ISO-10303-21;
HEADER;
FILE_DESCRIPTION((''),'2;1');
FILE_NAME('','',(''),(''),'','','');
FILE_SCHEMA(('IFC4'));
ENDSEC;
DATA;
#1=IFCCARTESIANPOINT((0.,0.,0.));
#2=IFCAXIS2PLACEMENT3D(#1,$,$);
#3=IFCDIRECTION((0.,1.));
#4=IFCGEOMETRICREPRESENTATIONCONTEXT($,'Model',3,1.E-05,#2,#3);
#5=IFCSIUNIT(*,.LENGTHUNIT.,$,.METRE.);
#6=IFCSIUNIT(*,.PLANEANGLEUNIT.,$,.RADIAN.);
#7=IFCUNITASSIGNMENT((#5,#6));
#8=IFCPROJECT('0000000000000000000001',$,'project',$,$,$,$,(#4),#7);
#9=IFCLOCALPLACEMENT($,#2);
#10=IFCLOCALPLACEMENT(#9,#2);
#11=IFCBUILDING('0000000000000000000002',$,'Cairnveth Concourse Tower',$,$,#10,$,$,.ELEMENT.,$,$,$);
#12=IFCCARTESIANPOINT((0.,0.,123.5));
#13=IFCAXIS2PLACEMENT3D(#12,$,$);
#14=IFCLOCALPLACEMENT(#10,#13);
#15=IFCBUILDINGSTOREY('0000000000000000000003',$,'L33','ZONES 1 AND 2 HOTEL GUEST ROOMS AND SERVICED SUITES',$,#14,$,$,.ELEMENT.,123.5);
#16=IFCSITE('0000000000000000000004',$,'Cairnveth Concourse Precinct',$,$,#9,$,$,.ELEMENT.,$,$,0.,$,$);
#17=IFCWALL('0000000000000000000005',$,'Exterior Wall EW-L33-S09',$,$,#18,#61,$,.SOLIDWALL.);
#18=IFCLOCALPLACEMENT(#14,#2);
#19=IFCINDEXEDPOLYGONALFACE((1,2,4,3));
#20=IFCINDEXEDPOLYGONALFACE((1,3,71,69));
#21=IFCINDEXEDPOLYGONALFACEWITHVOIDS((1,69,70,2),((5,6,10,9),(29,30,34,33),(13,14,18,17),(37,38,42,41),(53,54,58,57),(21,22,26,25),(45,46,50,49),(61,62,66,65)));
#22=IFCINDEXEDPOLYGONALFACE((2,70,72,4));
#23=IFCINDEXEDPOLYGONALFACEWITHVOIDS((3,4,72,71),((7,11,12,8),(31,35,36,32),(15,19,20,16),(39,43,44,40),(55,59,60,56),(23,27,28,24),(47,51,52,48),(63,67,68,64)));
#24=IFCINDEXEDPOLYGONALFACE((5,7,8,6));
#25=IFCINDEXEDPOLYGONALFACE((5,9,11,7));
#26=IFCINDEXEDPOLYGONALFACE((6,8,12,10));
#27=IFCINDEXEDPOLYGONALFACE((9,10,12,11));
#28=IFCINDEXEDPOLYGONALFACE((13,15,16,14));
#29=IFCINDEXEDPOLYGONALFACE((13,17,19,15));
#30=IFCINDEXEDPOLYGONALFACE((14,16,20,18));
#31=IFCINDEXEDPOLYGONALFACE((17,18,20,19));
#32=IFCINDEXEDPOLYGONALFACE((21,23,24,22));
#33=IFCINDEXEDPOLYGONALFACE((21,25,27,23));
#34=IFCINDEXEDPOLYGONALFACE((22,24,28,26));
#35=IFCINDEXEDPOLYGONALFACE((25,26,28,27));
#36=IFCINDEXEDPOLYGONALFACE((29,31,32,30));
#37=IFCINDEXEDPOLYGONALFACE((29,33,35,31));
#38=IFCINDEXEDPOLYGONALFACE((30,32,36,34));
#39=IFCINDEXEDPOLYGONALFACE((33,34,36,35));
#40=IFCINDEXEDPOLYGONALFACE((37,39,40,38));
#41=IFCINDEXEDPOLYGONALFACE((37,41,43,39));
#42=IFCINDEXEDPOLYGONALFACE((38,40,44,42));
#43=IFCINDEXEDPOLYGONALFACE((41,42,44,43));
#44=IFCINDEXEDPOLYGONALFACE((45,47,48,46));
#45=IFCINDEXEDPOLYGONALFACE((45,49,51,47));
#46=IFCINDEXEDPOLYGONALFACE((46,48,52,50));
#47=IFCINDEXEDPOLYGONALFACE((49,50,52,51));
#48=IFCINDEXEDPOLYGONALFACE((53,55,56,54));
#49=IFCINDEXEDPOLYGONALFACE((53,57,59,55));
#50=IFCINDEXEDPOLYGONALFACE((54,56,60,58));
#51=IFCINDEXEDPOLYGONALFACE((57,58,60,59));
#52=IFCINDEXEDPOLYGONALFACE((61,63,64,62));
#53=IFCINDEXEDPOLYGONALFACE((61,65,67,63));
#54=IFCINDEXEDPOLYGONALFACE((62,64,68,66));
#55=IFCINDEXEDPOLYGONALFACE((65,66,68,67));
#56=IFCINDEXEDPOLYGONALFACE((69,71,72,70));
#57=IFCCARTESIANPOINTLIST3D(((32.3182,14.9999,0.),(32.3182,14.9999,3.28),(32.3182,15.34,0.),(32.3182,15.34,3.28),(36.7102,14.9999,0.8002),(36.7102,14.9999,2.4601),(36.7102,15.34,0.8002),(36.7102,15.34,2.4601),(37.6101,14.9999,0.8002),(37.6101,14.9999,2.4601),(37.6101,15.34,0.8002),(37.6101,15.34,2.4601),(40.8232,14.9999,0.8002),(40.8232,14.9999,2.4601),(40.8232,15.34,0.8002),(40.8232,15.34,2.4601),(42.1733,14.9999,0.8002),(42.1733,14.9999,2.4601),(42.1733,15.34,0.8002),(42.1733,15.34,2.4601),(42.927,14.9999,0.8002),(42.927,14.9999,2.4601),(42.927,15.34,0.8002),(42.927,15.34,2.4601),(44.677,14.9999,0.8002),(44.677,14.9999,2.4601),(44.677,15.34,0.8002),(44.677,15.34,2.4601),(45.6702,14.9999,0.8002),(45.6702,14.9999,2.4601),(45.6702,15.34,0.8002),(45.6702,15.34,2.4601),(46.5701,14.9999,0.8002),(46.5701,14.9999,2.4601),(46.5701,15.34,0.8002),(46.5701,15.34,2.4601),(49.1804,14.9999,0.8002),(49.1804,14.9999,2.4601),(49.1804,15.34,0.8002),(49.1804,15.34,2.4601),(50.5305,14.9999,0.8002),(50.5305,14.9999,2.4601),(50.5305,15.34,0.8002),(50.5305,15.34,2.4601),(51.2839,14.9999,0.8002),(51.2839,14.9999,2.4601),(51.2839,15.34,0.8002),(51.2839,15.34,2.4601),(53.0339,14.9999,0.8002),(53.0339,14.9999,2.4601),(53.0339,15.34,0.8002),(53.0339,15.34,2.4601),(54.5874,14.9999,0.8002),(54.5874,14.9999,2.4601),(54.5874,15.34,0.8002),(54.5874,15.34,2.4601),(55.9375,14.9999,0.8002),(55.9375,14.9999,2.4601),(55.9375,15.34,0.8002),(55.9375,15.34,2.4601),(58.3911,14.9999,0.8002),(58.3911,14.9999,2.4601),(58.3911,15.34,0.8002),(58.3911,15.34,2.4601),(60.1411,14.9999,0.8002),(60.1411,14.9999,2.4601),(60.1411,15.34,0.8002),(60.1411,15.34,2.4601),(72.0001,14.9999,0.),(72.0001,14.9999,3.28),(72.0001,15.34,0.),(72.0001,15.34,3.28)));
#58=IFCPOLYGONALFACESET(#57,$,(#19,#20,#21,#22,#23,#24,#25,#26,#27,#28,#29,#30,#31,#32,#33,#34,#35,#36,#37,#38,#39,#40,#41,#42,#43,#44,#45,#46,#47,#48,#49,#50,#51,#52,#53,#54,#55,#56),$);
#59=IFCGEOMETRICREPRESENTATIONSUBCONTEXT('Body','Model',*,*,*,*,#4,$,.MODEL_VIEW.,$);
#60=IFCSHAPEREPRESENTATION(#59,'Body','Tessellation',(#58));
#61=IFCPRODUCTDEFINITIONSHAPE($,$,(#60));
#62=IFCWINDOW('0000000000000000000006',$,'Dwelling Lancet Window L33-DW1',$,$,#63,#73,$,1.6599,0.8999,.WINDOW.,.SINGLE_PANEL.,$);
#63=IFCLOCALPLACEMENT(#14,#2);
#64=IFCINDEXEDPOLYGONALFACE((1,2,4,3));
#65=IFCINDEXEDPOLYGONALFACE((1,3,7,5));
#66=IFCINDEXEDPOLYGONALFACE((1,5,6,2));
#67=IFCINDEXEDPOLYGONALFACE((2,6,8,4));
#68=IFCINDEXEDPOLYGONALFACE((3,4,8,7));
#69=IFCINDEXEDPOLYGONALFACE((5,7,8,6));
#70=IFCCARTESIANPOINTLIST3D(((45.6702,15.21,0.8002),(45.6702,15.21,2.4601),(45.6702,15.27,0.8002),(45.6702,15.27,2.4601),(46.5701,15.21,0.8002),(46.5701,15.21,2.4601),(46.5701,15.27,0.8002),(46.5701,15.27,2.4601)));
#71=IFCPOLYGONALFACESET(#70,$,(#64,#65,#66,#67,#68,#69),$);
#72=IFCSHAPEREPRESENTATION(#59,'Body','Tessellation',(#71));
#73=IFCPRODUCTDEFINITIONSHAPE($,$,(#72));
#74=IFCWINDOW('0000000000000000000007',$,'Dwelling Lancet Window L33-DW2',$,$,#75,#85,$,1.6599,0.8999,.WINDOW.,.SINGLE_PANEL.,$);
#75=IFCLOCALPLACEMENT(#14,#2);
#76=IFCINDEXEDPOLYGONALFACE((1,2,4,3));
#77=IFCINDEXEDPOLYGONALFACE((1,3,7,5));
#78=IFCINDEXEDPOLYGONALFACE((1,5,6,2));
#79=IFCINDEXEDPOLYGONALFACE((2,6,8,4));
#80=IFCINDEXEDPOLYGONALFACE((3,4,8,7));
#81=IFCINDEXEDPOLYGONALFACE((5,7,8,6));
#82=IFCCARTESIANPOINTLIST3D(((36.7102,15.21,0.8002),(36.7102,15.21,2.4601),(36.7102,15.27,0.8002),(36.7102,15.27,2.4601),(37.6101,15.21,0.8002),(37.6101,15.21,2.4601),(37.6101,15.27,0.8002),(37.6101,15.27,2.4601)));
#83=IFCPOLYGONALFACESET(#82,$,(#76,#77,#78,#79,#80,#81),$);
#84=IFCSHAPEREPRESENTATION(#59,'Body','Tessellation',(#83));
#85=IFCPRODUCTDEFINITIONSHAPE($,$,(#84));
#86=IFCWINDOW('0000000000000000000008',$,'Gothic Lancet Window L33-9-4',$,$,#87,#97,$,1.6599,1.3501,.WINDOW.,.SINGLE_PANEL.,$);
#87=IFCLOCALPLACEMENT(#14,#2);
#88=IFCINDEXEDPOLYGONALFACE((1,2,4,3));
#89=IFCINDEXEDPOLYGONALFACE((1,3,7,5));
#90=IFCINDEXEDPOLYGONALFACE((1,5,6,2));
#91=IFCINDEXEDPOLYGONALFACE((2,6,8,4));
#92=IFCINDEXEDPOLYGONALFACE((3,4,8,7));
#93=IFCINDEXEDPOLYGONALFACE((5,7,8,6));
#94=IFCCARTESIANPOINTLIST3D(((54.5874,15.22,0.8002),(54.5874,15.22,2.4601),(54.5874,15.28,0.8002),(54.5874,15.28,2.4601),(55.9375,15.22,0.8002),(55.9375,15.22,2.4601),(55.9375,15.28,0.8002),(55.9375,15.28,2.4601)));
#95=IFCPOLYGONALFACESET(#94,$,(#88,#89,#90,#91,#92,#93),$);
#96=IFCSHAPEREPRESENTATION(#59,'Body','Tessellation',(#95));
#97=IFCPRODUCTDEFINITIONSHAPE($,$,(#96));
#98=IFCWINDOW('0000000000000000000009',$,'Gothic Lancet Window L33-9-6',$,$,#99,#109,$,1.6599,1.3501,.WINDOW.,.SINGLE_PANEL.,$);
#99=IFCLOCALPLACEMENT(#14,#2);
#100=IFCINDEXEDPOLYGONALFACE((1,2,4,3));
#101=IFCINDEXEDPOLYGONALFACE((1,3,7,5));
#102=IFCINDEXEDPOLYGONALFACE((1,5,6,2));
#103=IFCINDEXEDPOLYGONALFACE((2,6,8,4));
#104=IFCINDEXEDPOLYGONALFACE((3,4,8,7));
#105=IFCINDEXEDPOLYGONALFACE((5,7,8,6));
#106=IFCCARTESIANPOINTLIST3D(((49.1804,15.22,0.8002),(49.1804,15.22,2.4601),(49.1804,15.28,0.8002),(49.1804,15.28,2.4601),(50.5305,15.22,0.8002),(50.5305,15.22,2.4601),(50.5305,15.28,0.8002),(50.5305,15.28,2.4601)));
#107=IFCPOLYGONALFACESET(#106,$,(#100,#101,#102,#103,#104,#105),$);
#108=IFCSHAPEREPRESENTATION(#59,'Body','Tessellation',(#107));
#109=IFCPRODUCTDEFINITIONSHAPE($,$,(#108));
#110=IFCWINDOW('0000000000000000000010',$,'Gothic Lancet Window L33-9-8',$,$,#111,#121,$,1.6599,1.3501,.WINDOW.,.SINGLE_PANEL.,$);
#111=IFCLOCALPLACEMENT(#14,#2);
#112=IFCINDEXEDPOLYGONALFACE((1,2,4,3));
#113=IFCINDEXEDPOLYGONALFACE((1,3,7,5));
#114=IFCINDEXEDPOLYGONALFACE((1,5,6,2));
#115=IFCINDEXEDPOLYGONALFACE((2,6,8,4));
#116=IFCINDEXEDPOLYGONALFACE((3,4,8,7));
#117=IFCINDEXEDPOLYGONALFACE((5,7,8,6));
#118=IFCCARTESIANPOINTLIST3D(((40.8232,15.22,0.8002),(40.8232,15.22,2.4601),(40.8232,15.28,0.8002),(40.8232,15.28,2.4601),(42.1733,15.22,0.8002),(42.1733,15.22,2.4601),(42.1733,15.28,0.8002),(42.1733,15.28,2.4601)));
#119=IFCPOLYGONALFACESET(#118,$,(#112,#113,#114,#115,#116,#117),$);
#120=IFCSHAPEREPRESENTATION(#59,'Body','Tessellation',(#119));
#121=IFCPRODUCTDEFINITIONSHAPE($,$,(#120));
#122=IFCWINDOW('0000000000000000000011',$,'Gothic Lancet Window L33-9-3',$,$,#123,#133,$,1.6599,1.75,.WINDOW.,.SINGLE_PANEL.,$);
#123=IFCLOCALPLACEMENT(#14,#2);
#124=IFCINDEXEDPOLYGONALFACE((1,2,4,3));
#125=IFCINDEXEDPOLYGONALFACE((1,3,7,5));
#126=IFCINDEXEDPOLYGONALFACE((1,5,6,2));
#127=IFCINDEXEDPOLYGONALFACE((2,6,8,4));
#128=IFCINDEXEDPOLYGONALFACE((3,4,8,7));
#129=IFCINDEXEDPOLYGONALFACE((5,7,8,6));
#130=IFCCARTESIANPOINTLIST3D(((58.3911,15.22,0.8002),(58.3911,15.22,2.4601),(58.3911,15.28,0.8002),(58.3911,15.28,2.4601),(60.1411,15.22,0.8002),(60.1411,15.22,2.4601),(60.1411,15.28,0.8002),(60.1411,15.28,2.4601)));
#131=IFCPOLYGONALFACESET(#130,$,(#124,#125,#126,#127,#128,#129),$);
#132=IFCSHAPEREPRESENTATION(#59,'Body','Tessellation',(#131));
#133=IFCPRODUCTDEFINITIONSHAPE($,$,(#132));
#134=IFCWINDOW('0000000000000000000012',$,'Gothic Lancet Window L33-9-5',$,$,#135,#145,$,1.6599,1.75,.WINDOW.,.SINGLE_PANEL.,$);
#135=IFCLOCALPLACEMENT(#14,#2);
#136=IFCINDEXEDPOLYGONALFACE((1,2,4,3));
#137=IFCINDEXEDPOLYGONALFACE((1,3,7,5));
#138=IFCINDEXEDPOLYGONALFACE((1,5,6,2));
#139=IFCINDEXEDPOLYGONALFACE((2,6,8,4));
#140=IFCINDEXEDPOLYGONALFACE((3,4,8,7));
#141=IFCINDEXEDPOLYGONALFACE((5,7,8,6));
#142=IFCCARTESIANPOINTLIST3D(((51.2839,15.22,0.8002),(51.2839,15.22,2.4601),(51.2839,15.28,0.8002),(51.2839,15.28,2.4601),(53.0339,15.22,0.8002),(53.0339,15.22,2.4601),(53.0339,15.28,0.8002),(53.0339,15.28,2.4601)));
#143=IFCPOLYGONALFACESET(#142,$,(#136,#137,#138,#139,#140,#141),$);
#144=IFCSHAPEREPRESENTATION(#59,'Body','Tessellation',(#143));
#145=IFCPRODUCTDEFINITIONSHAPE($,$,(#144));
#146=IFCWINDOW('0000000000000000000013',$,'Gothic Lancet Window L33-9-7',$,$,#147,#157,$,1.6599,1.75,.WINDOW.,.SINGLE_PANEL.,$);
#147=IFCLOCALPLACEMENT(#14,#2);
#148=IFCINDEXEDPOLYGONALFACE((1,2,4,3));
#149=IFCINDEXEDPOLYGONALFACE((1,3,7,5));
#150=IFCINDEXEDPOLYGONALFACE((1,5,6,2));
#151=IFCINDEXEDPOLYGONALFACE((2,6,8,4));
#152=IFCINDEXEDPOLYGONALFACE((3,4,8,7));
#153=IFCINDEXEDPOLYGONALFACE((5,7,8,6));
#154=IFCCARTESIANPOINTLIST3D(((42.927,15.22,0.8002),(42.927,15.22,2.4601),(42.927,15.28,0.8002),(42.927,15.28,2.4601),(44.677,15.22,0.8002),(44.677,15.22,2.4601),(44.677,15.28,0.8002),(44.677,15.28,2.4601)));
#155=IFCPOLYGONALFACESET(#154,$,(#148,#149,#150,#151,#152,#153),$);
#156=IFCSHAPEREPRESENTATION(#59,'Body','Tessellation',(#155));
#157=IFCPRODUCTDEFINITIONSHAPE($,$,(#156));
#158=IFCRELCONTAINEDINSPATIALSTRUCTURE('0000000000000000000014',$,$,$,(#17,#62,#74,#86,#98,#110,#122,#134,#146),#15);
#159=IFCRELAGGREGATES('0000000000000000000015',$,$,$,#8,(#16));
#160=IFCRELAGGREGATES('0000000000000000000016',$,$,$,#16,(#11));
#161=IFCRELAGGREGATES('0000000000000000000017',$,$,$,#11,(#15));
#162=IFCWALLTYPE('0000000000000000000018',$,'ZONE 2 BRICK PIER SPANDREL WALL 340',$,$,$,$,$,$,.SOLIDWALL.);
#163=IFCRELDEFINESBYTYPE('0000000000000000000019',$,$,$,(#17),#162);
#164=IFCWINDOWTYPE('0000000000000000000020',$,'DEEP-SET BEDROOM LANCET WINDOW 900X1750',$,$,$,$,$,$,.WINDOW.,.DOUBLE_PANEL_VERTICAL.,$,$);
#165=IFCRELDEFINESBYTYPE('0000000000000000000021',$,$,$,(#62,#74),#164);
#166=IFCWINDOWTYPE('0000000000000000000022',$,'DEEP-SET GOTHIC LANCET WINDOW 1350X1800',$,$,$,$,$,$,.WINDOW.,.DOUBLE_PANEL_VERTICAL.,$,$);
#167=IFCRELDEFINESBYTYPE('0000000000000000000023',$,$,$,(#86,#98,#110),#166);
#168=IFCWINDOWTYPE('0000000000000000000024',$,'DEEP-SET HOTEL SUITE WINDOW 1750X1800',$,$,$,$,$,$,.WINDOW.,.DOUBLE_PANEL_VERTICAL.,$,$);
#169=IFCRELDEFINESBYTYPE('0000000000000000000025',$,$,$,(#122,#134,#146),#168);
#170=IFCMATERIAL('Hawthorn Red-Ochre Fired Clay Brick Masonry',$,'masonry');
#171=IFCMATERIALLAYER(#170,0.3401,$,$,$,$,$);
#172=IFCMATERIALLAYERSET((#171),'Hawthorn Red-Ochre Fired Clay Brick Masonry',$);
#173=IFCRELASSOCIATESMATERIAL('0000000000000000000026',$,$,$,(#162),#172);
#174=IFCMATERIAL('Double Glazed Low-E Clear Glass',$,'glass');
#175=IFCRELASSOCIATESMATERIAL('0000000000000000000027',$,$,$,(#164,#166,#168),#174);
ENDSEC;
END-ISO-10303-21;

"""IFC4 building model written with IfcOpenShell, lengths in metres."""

from ifc_helpers import new_model, si_unit, direction, frame, frame_2d, origin, place, context, subcontext, project, spatial, rectangle, extrude, material, layer, layer_set, type_object, element, fill, save


model = new_model("IFC4")

# Units and contexts
model_context = context("Model", 3, precision=1e-05, world=origin(), true_north=direction((0.0, 1.0)))
body_context = subcontext(model_context, "Body", "Model", "MODEL_VIEW")
ifc_project = project(units=[si_unit("LENGTHUNIT", "METRE"), si_unit("PLANEANGLEUNIT", "RADIAN")], contexts=[model_context])

# Site, building, storey
site_placement = place(None, origin())
site = spatial("IfcSite", under=ifc_project, at=site_placement, Name="Cairnveth Concourse Precinct", CompositionType="ELEMENT", RefElevation=0.0)
building_placement = place(site_placement, origin())
building = spatial("IfcBuilding", under=site, at=building_placement, Name="Cairnveth Concourse Tower", CompositionType="ELEMENT")
storey_placement = place(building_placement, frame((0.0, 0.0, 123.5)))
storey = spatial("IfcBuildingStorey", under=building, at=storey_placement, Name="L33", Description="ZONES 1 AND 2 HOTEL GUEST ROOMS AND SERVICED SUITES", CompositionType="ELEMENT", Elevation=123.5)

# Wall, openings, windows
ifc_material_1 = material(Name="Hawthorn Red-Ochre Fired Clay Brick Masonry", Category="masonry")
ifc_layer_1 = layer(ifc_material_1, 0.3401)
ifc_layer_set_1 = layer_set([ifc_layer_1], Name="Hawthorn Red-Ochre Fired Clay Brick Masonry")
wall_type_1 = type_object("IfcWallType", Name="ZONE 2 BRICK PIER SPANDREL WALL 340", PredefinedType="SOLIDWALL", material=ifc_layer_set_1)
wall_1_placement = place(storey_placement, frame((72.0, 15.1699, 0.0), z_axis=(0.0, 0.0, 1.0), x_axis=(-1.0, 0.0, 0.0)))
wall_1 = element("IfcWall", 1, at=wall_1_placement, inside=storey, type_object=wall_type_1, Name="Exterior Wall EW-L33-S09", PredefinedType="SOLIDWALL", context=body_context, shape_type="SweptSolid", body=[
    extrude(rectangle(XDim=39.6819, YDim=0.3401, at=frame_2d((19.8408, 0.0))), origin(), (0.0, 0.0, 1.0), 3.28),
])
opening_1_placement = place(wall_1_placement, frame((11.8589, 0.0, 0.8)))
opening_1 = element("IfcOpeningElement", 2, at=opening_1_placement, cuts=wall_1, PredefinedType="OPENING", context=body_context, shape_type="SweptSolid", body=[
    extrude(rectangle(XDim=1.75, YDim=1.6599, at=frame_2d((0.875, 0.8301))), frame((0.0, 0.1799, 0.0), z_axis=(0.0, -1.0, 0.0), x_axis=(1.0, 0.0, 0.0)), (0.0, 0.0, 1.0), 0.3601),
])
opening_2_placement = place(wall_1_placement, frame((16.0625, 0.0, 0.8)))
opening_2 = element("IfcOpeningElement", 3, at=opening_2_placement, cuts=wall_1, PredefinedType="OPENING", context=body_context, shape_type="SweptSolid", body=[
    extrude(rectangle(XDim=1.3501, YDim=1.6599, at=frame_2d((0.675, 0.8301))), frame((0.0, 0.1799, 0.0), z_axis=(0.0, -1.0, 0.0), x_axis=(1.0, 0.0, 0.0)), (0.0, 0.0, 1.0), 0.3601),
])
opening_3_placement = place(wall_1_placement, frame((18.9661, 0.0, 0.8)))
opening_3 = element("IfcOpeningElement", 4, at=opening_3_placement, cuts=wall_1, PredefinedType="OPENING", context=body_context, shape_type="SweptSolid", body=[
    extrude(rectangle(XDim=1.75, YDim=1.6599, at=frame_2d((0.875, 0.8301))), frame((0.0, 0.1799, 0.0), z_axis=(0.0, -1.0, 0.0), x_axis=(1.0, 0.0, 0.0)), (0.0, 0.0, 1.0), 0.3601),
])
opening_4_placement = place(wall_1_placement, frame((21.4695, 0.0, 0.8)))
opening_4 = element("IfcOpeningElement", 5, at=opening_4_placement, cuts=wall_1, PredefinedType="OPENING", context=body_context, shape_type="SweptSolid", body=[
    extrude(rectangle(XDim=1.3501, YDim=1.6599, at=frame_2d((0.675, 0.8301))), frame((0.0, 0.1799, 0.0), z_axis=(0.0, -1.0, 0.0), x_axis=(1.0, 0.0, 0.0)), (0.0, 0.0, 1.0), 0.3601),
])
opening_5_placement = place(wall_1_placement, frame((27.323, 0.0, 0.8)))
opening_5 = element("IfcOpeningElement", 6, at=opening_5_placement, cuts=wall_1, PredefinedType="OPENING", context=body_context, shape_type="SweptSolid", body=[
    extrude(rectangle(XDim=1.75, YDim=1.6599, at=frame_2d((0.875, 0.8301))), frame((0.0, 0.1799, 0.0), z_axis=(0.0, -1.0, 0.0), x_axis=(1.0, 0.0, 0.0)), (0.0, 0.0, 1.0), 0.3601),
])
opening_6_placement = place(wall_1_placement, frame((29.8267, 0.0, 0.8)))
opening_6 = element("IfcOpeningElement", 7, at=opening_6_placement, cuts=wall_1, PredefinedType="OPENING", context=body_context, shape_type="SweptSolid", body=[
    extrude(rectangle(XDim=1.3501, YDim=1.6599, at=frame_2d((0.675, 0.8301))), frame((0.0, 0.1799, 0.0), z_axis=(0.0, -1.0, 0.0), x_axis=(1.0, 0.0, 0.0)), (0.0, 0.0, 1.0), 0.3601),
])
opening_7_placement = place(wall_1_placement, frame((25.4299, 0.0, 0.8)))
opening_7 = element("IfcOpeningElement", 8, at=opening_7_placement, cuts=wall_1, PredefinedType="OPENING", context=body_context, shape_type="SweptSolid", body=[
    extrude(rectangle(XDim=0.8999, YDim=1.6599, at=frame_2d((0.45, 0.8301))), frame((0.0, 0.1799, 0.0), z_axis=(0.0, -1.0, 0.0), x_axis=(1.0, 0.0, 0.0)), (0.0, 0.0, 1.0), 0.3601),
])
opening_8_placement = place(wall_1_placement, frame((34.3899, 0.0, 0.8)))
opening_8 = element("IfcOpeningElement", 9, at=opening_8_placement, cuts=wall_1, PredefinedType="OPENING", context=body_context, shape_type="SweptSolid", body=[
    extrude(rectangle(XDim=0.8999, YDim=1.6599, at=frame_2d((0.45, 0.8301))), frame((0.0, 0.1799, 0.0), z_axis=(0.0, -1.0, 0.0), x_axis=(1.0, 0.0, 0.0)), (0.0, 0.0, 1.0), 0.3601),
])
ifc_material_2 = material(Name="Double Glazed Low-E Clear Glass", Category="glass")
window_type_1 = type_object("IfcWindowType", Name="DEEP-SET BEDROOM LANCET WINDOW 900X1750", PartitioningType="DOUBLE_PANEL_VERTICAL", PredefinedType="WINDOW", material=ifc_material_2)
window_1_placement = place(opening_7_placement, origin())
window_1 = element("IfcWindow", 10, at=window_1_placement, inside=storey, type_object=window_type_1, Name="Dwelling Lancet Window L33-DW1", OverallHeight=1.6599, OverallWidth=0.8999, PartitioningType="SINGLE_PANEL", PredefinedType="WINDOW", context=body_context, shape_type="SweptSolid", body=[
    extrude(rectangle(XDim=0.8999, YDim=1.6599, at=frame_2d((0.45, 0.8301))), frame((0.0, -0.04, 0.0), z_axis=(0.0, -1.0, 0.0), x_axis=(1.0, 0.0, 0.0)), (0.0, 0.0, 1.0), 0.0601),
])
fill(opening_7, window_1)
window_2_placement = place(opening_8_placement, origin())
window_2 = element("IfcWindow", 11, at=window_2_placement, inside=storey, type_object=window_type_1, Name="Dwelling Lancet Window L33-DW2", OverallHeight=1.6599, OverallWidth=0.8999, PartitioningType="SINGLE_PANEL", PredefinedType="WINDOW", context=body_context, shape_type="SweptSolid", body=[
    extrude(rectangle(XDim=0.8999, YDim=1.6599, at=frame_2d((0.45, 0.8301))), frame((0.0, -0.04, 0.0), z_axis=(0.0, -1.0, 0.0), x_axis=(1.0, 0.0, 0.0)), (0.0, 0.0, 1.0), 0.0601),
])
fill(opening_8, window_2)
window_type_2 = type_object("IfcWindowType", Name="DEEP-SET GOTHIC LANCET WINDOW 1350X1800", PartitioningType="DOUBLE_PANEL_VERTICAL", PredefinedType="WINDOW", material=ifc_material_2)
window_3_placement = place(opening_2_placement, origin())
window_3 = element("IfcWindow", 12, at=window_3_placement, inside=storey, type_object=window_type_2, Name="Gothic Lancet Window L33-9-4", OverallHeight=1.6599, OverallWidth=1.3501, PartitioningType="SINGLE_PANEL", PredefinedType="WINDOW", context=body_context, shape_type="SweptSolid", body=[
    extrude(rectangle(XDim=1.3501, YDim=1.6599, at=frame_2d((0.675, 0.8301))), frame((0.0, -0.05, 0.0), z_axis=(0.0, -1.0, 0.0), x_axis=(1.0, 0.0, 0.0)), (0.0, 0.0, 1.0), 0.0601),
])
fill(opening_2, window_3)
window_4_placement = place(opening_4_placement, origin())
window_4 = element("IfcWindow", 13, at=window_4_placement, inside=storey, type_object=window_type_2, Name="Gothic Lancet Window L33-9-6", OverallHeight=1.6599, OverallWidth=1.3501, PartitioningType="SINGLE_PANEL", PredefinedType="WINDOW", context=body_context, shape_type="SweptSolid", body=[
    extrude(rectangle(XDim=1.3501, YDim=1.6599, at=frame_2d((0.675, 0.8301))), frame((0.0, -0.05, 0.0), z_axis=(0.0, -1.0, 0.0), x_axis=(1.0, 0.0, 0.0)), (0.0, 0.0, 1.0), 0.0601),
])
fill(opening_4, window_4)
window_5_placement = place(opening_6_placement, origin())
window_5 = element("IfcWindow", 14, at=window_5_placement, inside=storey, type_object=window_type_2, Name="Gothic Lancet Window L33-9-8", OverallHeight=1.6599, OverallWidth=1.3501, PartitioningType="SINGLE_PANEL", PredefinedType="WINDOW", context=body_context, shape_type="SweptSolid", body=[
    extrude(rectangle(XDim=1.3501, YDim=1.6599, at=frame_2d((0.675, 0.8301))), frame((0.0, -0.05, 0.0), z_axis=(0.0, -1.0, 0.0), x_axis=(1.0, 0.0, 0.0)), (0.0, 0.0, 1.0), 0.0601),
])
fill(opening_6, window_5)
window_type_3 = type_object("IfcWindowType", Name="DEEP-SET HOTEL SUITE WINDOW 1750X1800", PartitioningType="DOUBLE_PANEL_VERTICAL", PredefinedType="WINDOW", material=ifc_material_2)
window_6_placement = place(opening_1_placement, origin())
window_6 = element("IfcWindow", 15, at=window_6_placement, inside=storey, type_object=window_type_3, Name="Gothic Lancet Window L33-9-3", OverallHeight=1.6599, OverallWidth=1.75, PartitioningType="SINGLE_PANEL", PredefinedType="WINDOW", context=body_context, shape_type="SweptSolid", body=[
    extrude(rectangle(XDim=1.75, YDim=1.6599, at=frame_2d((0.875, 0.8301))), frame((0.0, -0.05, 0.0), z_axis=(0.0, -1.0, 0.0), x_axis=(1.0, 0.0, 0.0)), (0.0, 0.0, 1.0), 0.0601),
])
fill(opening_1, window_6)
window_7_placement = place(opening_3_placement, origin())
window_7 = element("IfcWindow", 16, at=window_7_placement, inside=storey, type_object=window_type_3, Name="Gothic Lancet Window L33-9-5", OverallHeight=1.6599, OverallWidth=1.75, PartitioningType="SINGLE_PANEL", PredefinedType="WINDOW", context=body_context, shape_type="SweptSolid", body=[
    extrude(rectangle(XDim=1.75, YDim=1.6599, at=frame_2d((0.875, 0.8301))), frame((0.0, -0.05, 0.0), z_axis=(0.0, -1.0, 0.0), x_axis=(1.0, 0.0, 0.0)), (0.0, 0.0, 1.0), 0.0601),
])
fill(opening_3, window_7)
window_8_placement = place(opening_5_placement, origin())
window_8 = element("IfcWindow", 17, at=window_8_placement, inside=storey, type_object=window_type_3, Name="Gothic Lancet Window L33-9-7", OverallHeight=1.6599, OverallWidth=1.75, PartitioningType="SINGLE_PANEL", PredefinedType="WINDOW", context=body_context, shape_type="SweptSolid", body=[
    extrude(rectangle(XDim=1.75, YDim=1.6599, at=frame_2d((0.875, 0.8301))), frame((0.0, -0.05, 0.0), z_axis=(0.0, -1.0, 0.0), x_axis=(1.0, 0.0, 0.0)), (0.0, 0.0, 1.0), 0.0601),
])
fill(opening_5, window_8)

save(model, "model.ifc")
